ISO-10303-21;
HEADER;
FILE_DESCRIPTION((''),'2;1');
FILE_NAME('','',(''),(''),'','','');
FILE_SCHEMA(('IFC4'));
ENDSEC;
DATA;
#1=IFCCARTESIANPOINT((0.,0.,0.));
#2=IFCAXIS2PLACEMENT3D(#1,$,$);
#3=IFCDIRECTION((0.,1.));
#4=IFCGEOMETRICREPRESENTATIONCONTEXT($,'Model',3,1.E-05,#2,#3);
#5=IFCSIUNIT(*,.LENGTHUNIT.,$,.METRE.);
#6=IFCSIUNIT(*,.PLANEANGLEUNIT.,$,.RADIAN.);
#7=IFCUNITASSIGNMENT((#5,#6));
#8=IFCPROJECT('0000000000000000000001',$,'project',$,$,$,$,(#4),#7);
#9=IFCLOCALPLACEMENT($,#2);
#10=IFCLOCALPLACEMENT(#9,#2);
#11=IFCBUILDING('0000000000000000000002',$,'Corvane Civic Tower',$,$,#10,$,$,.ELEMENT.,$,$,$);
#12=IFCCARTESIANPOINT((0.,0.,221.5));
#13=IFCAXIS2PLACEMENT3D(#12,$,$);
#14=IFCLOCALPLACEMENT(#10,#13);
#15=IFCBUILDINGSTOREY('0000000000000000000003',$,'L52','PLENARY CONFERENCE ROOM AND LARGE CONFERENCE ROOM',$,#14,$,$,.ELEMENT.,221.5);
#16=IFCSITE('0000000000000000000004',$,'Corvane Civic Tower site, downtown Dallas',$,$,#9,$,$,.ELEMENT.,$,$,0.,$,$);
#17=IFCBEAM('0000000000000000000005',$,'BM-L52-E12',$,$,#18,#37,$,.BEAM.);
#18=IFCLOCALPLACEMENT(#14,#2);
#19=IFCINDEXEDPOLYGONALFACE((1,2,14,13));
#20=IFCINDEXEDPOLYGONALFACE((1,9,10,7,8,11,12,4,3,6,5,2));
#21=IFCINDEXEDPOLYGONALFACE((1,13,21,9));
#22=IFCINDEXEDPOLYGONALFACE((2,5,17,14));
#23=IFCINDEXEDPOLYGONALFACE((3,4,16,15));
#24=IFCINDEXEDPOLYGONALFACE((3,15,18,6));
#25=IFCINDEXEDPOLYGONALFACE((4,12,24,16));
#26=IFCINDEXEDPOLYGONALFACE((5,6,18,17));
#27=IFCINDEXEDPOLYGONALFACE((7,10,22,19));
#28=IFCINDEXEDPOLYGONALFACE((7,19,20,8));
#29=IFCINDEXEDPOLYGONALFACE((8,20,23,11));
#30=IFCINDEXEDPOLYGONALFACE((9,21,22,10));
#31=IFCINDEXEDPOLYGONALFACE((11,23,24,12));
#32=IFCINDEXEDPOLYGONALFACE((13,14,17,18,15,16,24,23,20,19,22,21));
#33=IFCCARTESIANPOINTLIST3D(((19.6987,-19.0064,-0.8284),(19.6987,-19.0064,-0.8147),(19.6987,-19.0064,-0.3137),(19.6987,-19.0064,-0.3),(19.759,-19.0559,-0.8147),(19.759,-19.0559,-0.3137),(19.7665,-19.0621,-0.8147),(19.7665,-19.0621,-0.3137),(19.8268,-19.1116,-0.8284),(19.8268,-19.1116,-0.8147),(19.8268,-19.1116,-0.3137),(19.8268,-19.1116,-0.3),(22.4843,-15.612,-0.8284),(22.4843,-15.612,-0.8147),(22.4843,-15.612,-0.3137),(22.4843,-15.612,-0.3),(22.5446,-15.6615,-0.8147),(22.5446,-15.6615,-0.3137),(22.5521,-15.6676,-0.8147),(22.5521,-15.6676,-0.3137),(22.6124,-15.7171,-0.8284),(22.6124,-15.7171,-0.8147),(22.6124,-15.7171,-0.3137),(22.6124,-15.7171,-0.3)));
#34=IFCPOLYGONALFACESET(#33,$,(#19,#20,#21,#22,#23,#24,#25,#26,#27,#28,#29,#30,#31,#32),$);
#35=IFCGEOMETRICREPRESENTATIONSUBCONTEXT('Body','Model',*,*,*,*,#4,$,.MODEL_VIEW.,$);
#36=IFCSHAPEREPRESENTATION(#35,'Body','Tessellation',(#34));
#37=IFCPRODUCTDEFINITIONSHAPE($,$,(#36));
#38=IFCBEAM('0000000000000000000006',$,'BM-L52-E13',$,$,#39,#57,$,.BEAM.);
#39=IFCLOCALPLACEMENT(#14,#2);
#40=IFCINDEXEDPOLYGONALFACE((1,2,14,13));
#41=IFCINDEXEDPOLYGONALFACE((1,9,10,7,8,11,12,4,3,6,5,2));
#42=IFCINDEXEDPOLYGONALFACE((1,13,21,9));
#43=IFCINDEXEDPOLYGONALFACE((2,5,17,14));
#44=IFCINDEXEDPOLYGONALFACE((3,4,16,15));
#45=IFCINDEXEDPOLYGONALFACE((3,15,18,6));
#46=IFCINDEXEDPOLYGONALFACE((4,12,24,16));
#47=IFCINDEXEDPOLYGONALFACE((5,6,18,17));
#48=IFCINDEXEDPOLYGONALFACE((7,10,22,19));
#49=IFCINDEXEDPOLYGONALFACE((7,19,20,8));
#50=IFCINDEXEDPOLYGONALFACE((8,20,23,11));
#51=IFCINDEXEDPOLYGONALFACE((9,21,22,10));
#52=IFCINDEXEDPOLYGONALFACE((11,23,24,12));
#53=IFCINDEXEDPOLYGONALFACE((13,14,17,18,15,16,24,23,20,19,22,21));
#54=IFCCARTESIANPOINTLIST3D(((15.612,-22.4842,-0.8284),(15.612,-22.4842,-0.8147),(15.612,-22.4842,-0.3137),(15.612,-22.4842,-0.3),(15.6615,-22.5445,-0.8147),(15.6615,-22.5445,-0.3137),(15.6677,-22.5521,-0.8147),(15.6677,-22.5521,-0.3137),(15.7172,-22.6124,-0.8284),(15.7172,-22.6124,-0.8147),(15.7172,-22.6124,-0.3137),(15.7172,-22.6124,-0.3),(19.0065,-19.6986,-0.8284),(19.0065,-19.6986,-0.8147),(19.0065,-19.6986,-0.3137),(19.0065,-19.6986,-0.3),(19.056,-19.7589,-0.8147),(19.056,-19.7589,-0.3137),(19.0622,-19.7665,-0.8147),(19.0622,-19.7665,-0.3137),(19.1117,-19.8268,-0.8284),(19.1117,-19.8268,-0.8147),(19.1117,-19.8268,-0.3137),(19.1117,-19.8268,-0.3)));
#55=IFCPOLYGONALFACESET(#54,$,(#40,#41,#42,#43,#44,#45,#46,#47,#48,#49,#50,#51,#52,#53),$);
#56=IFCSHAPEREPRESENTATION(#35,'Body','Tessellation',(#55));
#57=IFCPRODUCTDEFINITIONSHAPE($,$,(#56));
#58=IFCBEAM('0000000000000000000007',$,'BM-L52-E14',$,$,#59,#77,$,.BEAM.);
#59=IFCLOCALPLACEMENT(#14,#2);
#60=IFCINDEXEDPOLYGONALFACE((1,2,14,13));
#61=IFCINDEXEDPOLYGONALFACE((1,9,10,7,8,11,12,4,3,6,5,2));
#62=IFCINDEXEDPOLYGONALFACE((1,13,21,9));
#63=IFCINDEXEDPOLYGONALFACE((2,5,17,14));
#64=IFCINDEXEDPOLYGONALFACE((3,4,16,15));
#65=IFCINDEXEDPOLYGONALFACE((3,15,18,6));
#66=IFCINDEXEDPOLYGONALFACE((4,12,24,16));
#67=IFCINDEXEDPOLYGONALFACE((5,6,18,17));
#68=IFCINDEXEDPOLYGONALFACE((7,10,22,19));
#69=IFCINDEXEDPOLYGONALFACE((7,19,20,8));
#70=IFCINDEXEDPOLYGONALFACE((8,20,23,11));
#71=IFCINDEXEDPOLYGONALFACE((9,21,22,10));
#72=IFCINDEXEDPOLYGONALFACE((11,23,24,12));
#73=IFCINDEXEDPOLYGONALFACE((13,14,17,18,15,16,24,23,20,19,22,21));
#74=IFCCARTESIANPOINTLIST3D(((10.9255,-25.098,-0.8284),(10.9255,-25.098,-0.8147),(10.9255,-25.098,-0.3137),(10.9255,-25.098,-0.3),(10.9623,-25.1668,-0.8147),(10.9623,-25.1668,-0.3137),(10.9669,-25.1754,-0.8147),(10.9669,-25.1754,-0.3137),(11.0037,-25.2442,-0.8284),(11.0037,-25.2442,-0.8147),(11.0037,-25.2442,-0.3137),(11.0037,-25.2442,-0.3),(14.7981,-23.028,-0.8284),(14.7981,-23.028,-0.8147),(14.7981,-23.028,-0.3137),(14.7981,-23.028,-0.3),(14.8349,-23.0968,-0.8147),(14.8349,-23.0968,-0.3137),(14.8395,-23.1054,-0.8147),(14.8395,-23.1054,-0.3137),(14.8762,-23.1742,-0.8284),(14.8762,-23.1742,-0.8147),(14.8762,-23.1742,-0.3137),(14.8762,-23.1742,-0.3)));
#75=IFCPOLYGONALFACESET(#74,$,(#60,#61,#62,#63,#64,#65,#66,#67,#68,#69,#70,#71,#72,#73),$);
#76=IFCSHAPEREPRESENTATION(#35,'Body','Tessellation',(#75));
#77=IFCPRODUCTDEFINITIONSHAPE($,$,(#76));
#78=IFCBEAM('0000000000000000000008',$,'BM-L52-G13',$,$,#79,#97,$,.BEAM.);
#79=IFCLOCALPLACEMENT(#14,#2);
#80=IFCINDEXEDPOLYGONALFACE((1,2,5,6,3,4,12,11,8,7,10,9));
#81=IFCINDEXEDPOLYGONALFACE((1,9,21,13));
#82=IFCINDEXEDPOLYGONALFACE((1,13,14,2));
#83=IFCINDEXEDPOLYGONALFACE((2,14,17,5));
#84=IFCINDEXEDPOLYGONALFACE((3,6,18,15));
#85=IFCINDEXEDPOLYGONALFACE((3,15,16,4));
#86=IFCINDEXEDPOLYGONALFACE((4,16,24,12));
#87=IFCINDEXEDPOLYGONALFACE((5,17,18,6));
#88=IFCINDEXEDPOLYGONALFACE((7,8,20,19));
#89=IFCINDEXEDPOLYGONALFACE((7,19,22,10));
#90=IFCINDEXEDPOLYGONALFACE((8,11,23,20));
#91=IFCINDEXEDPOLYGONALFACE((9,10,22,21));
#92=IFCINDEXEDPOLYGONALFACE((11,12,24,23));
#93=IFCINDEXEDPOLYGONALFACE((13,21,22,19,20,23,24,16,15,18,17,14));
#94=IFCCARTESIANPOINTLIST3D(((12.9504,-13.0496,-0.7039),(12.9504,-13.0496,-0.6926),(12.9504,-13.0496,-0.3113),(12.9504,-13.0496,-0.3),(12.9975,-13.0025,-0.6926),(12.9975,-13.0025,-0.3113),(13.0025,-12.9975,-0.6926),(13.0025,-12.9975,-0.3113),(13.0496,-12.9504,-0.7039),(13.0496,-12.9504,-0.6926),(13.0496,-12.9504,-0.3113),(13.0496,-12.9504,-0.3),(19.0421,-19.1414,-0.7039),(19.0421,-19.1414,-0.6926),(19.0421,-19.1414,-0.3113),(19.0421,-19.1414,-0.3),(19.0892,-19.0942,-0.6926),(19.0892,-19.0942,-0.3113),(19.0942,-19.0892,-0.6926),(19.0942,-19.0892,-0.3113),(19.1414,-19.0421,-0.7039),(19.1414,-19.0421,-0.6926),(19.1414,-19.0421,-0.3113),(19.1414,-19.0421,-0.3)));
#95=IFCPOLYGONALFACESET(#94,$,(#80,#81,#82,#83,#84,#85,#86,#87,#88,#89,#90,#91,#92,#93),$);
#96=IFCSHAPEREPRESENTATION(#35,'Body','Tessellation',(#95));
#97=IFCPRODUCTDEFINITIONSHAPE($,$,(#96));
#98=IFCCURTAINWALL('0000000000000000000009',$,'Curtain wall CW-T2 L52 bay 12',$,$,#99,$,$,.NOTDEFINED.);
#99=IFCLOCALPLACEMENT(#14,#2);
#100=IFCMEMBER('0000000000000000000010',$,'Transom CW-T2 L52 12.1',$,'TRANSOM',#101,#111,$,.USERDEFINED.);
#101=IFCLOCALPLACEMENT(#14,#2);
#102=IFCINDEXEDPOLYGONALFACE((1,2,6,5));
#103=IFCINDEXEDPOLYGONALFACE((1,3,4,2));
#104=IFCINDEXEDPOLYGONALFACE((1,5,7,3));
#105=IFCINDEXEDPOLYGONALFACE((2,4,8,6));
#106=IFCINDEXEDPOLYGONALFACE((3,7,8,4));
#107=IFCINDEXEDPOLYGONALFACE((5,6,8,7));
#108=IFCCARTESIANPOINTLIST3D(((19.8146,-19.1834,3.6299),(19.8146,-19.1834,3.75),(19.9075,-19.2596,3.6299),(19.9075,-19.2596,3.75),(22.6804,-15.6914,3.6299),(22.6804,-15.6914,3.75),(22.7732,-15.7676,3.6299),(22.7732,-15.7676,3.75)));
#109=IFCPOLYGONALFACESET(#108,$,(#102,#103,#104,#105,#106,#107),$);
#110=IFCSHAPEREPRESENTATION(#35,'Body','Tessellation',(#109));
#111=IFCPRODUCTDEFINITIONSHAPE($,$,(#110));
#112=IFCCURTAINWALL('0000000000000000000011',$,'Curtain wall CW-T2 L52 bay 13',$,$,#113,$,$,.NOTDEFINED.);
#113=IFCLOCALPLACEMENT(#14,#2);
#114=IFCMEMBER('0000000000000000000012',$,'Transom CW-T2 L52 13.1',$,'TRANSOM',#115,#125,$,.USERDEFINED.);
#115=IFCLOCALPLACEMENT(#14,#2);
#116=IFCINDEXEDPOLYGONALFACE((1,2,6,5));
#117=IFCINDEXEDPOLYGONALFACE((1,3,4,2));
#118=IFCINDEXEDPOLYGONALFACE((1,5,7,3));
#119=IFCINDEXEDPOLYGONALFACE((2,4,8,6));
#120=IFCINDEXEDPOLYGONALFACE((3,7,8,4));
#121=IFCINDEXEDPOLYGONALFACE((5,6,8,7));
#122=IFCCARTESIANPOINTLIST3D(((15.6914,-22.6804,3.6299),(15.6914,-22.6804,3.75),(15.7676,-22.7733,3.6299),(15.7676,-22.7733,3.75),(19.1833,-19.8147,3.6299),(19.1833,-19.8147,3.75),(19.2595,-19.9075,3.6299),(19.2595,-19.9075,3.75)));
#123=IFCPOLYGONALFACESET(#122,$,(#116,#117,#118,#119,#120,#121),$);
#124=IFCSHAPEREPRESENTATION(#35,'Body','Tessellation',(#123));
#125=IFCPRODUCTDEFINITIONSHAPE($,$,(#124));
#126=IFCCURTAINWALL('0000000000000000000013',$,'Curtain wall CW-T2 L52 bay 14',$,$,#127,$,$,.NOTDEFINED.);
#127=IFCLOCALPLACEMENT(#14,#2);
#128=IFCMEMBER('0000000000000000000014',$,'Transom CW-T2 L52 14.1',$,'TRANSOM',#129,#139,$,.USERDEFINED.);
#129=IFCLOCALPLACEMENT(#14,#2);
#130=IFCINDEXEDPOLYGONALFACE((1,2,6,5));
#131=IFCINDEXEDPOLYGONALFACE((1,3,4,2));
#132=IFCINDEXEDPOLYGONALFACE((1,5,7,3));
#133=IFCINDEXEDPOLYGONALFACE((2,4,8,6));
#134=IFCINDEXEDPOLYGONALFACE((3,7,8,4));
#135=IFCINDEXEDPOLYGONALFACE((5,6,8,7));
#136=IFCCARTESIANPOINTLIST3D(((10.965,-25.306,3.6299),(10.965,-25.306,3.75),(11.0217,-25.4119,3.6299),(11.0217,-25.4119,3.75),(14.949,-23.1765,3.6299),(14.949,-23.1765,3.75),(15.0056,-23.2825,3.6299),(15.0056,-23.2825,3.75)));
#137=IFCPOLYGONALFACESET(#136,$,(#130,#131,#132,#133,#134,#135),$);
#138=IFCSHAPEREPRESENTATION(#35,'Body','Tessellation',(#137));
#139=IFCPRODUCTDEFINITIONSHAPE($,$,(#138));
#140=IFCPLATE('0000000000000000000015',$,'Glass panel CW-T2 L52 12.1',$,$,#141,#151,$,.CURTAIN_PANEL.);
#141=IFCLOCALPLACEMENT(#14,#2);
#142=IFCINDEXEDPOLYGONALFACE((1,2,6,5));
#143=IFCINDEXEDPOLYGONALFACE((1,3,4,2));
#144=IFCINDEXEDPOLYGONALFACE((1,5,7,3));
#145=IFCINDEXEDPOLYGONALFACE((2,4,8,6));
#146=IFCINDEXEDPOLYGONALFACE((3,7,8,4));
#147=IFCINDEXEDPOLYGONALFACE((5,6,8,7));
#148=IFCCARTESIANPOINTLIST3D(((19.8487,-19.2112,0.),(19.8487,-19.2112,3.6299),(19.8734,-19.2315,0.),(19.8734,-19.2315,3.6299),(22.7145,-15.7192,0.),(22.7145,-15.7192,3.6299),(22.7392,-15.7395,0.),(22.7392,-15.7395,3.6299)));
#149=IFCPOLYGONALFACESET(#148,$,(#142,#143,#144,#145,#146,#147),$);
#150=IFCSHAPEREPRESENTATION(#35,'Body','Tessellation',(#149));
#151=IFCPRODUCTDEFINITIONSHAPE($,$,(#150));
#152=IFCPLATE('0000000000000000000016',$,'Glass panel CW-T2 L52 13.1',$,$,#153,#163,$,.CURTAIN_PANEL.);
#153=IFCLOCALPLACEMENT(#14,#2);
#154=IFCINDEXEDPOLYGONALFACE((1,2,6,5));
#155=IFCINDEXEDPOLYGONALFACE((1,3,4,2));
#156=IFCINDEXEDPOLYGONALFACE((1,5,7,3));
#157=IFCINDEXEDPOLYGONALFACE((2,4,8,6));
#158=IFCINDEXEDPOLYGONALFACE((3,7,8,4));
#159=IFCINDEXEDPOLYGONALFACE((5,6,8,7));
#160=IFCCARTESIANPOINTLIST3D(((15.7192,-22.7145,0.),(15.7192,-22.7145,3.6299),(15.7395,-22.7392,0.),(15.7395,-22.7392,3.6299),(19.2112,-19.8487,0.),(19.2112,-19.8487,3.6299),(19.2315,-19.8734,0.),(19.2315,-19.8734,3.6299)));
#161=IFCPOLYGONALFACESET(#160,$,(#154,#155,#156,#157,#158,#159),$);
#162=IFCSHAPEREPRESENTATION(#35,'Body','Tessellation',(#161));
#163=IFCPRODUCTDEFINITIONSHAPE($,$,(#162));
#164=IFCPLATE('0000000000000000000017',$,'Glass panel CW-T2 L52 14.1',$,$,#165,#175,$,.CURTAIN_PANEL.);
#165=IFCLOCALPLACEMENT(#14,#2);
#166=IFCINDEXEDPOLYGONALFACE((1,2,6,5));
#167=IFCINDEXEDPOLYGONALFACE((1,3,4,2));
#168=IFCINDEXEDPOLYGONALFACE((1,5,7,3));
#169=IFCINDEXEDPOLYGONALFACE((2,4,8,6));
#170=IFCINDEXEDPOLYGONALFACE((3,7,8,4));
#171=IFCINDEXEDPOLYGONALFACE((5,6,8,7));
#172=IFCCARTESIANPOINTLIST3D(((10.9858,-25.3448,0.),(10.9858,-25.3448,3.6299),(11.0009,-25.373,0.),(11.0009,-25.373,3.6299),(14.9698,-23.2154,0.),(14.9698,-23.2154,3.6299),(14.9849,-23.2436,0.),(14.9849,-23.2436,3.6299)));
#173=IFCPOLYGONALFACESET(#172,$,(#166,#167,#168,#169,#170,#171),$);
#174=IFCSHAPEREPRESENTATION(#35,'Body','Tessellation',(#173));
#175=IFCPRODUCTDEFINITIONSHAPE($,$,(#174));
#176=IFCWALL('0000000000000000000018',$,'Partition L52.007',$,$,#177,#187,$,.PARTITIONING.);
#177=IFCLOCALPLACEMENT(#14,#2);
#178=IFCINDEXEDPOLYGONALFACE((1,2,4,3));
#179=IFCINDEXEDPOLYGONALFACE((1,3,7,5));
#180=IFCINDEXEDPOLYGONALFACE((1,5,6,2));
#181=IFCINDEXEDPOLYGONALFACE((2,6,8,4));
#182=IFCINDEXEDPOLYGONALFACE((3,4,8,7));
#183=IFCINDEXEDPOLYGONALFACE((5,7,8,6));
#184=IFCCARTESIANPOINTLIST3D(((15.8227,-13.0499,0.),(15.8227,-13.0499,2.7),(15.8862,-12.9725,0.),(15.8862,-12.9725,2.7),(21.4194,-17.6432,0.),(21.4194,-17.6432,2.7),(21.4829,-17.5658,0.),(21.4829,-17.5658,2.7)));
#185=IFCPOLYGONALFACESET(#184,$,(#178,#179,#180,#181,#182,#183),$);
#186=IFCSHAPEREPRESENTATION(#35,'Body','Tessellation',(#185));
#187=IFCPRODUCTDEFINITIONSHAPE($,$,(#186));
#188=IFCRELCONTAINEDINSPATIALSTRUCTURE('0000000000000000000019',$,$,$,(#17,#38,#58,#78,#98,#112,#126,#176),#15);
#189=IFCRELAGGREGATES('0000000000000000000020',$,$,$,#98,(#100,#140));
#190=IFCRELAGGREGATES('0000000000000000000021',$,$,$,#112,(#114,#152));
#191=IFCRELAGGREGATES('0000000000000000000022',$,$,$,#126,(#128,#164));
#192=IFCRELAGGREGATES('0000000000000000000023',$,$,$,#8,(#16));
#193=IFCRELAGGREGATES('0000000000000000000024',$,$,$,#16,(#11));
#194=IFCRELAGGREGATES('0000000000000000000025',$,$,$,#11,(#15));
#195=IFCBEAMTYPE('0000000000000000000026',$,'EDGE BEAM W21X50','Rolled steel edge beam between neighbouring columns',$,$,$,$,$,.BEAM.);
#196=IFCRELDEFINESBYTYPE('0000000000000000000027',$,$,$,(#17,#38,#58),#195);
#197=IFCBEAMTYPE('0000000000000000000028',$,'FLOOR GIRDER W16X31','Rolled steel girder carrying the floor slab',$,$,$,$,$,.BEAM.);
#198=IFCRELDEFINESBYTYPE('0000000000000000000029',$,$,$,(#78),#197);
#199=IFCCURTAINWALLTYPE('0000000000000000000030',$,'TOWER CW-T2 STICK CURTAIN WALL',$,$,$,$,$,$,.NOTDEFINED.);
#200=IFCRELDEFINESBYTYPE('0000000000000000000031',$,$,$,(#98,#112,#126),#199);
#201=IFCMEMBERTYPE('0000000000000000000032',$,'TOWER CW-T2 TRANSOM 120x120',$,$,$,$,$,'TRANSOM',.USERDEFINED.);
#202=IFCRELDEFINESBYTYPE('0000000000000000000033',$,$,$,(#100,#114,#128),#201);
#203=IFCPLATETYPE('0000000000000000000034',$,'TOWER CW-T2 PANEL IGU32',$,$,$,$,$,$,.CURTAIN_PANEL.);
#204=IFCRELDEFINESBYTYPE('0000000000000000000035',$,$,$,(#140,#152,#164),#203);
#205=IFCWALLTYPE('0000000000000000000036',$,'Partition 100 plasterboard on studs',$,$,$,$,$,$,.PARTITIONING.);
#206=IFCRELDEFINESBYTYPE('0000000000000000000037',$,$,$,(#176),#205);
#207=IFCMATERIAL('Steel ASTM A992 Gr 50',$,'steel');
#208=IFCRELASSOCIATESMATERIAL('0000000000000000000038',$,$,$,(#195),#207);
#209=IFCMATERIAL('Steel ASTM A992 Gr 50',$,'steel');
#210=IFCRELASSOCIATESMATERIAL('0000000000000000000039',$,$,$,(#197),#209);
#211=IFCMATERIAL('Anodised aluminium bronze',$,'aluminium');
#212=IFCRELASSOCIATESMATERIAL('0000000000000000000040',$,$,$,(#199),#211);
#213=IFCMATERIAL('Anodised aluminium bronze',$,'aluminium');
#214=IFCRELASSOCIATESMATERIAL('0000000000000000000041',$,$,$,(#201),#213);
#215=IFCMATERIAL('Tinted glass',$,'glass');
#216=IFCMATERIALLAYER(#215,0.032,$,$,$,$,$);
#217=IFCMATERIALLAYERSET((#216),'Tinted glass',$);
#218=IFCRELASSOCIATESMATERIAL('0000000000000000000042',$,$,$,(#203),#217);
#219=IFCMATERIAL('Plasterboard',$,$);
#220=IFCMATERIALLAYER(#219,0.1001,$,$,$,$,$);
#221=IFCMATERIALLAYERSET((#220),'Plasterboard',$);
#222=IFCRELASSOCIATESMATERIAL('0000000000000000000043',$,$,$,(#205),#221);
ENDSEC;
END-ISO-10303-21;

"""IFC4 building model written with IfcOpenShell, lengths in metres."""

from ifc_helpers import new_model, si_unit, direction, frame, frame_2d, origin, origin_2d, place, context, subcontext, project, spatial, rectangle, i_section, extrude, material, layer, layer_set, material_profile, profile_set, type_object, element, aggregate, save


model = new_model("IFC4")

# Units and contexts
model_context = context("Model", 3, precision=1e-05, world=origin(), true_north=direction((0.0, 1.0)))
body_context = subcontext(model_context, "Body", "Model", "MODEL_VIEW")
ifc_project = project(units=[si_unit("LENGTHUNIT", "METRE"), si_unit("PLANEANGLEUNIT", "RADIAN")], contexts=[model_context])

# Site, building, storey
site_placement = place(None, origin())
site = spatial("IfcSite", under=ifc_project, at=site_placement, Name="Corvane Civic Tower site, downtown Dallas", CompositionType="ELEMENT", RefElevation=0.0)
building_placement = place(site_placement, origin())
building = spatial("IfcBuilding", under=site, at=building_placement, Name="Corvane Civic Tower", CompositionType="ELEMENT")
storey_placement = place(building_placement, frame((0.0, 0.0, 221.5)))
storey = spatial("IfcBuildingStorey", under=building, at=storey_placement, Name="L52", Description="PLENARY CONFERENCE ROOM AND LARGE CONFERENCE ROOM", CompositionType="ELEMENT", Elevation=221.5)

# Beams
ifc_material_1 = material(Name="Steel ASTM A992 Gr 50", Category="steel")
ifc_material_profile_1 = material_profile(ifc_material_1, i_section(OverallWidth=0.1658, OverallDepth=0.5283, WebThickness=0.0098, FlangeThickness=0.0137, at=origin_2d()), Name="W21X50")
ifc_profile_set_1 = profile_set([ifc_material_profile_1], Name="Steel ASTM A992 Gr 50")
beam_type_1 = type_object("IfcBeamType", Name="EDGE BEAM W21X50", Description="Rolled steel edge beam between neighbouring columns", PredefinedType="BEAM", material=ifc_profile_set_1)
for number, where, z_axis, x_axis, name in (
    (1, (22.5483, -15.6646, -0.5642), (-0.634369, -0.77303, 0.0), (0.77303, -0.634369, 0.0), "BM-L52-E12"),
    (2, (19.0591, -19.7627, -0.5642), (-0.77303, -0.634369, 0.0), (0.634369, -0.77303, 0.0), "BM-L52-E13"),
    (3, (14.8372, -23.1011, -0.5642), (-0.881908, -0.471422, 0.0), (0.471422, -0.881908, 0.0), "BM-L52-E14"),
):
    element("IfcBeam", number, at=place(storey_placement, frame(where, z_axis=z_axis, x_axis=x_axis)), inside=storey, type_object=beam_type_1, Name=name, PredefinedType="BEAM", context=body_context, shape_type="SweptSolid", body=[
        extrude(i_section(OverallWidth=0.1658, OverallDepth=0.5283, WebThickness=0.0098, FlangeThickness=0.0137, at=origin_2d()), origin(), (0.0, 0.0, 1.0), 4.3911),
    ])
ifc_material_2 = material(Name="Steel ASTM A992 Gr 50", Category="steel")
ifc_material_profile_2 = material_profile(ifc_material_2, i_section(OverallWidth=0.1404, OverallDepth=0.4038, WebThickness=0.0071, FlangeThickness=0.0112, at=origin_2d()), Name="W16X31")
ifc_profile_set_2 = profile_set([ifc_material_profile_2], Name="Steel ASTM A992 Gr 50")
beam_type_2 = type_object("IfcBeamType", Name="FLOOR GIRDER W16X31", Description="Rolled steel girder carrying the floor slab", PredefinedType="BEAM", material=ifc_profile_set_2)
beam_placement = place(storey_placement, frame((13.0, -13.0, -0.502), z_axis=(0.707107, -0.707107, 0.0), x_axis=(0.707107, 0.707107, 0.0)))
element("IfcBeam", 4, at=beam_placement, inside=storey, type_object=beam_type_2, Name="BM-L52-G13", PredefinedType="BEAM", context=body_context, shape_type="SweptSolid", body=[
    extrude(i_section(OverallWidth=0.1404, OverallDepth=0.4038, WebThickness=0.0071, FlangeThickness=0.0112, at=origin_2d()), origin(), (0.0, 0.0, 1.0), 8.615),
])

# Curtain walls, members
ifc_material_3 = material(Name="Anodised aluminium bronze", Category="aluminium")
curtain_wall_type = type_object("IfcCurtainWallType", Name="TOWER CW-T2 STICK CURTAIN WALL", PredefinedType="NOTDEFINED", material=ifc_material_3)
curtain_wall_1_placement = place(storey_placement, origin())
curtain_wall_1 = element("IfcCurtainWall", 5, at=curtain_wall_1_placement, inside=storey, type_object=curtain_wall_type, Name="Curtain wall CW-T2 L52 bay 12", PredefinedType="NOTDEFINED")
ifc_material_4 = material(Name="Anodised aluminium bronze", Category="aluminium")
ifc_material_profile_3 = material_profile(ifc_material_4, rectangle(XDim=0.1201, YDim=0.1201, at=origin_2d()), Name="TOWER CW-T2 TRANSOM 120x120")
ifc_profile_set_3 = profile_set([ifc_material_profile_3], Name="Anodised aluminium bronze")
member_type = type_object("IfcMemberType", Name="TOWER CW-T2 TRANSOM 120x120", ElementType="TRANSOM", PredefinedType="USERDEFINED", material=ifc_profile_set_3)
member_1_placement = place(storey_placement, frame((22.7268, -15.7295, 3.6899), z_axis=(-0.634388, -0.773015, 0.0), x_axis=(0.773015, -0.634388, 0.0)))
member_1 = element("IfcMember", 6, at=member_1_placement, type_object=member_type, Name="Transom CW-T2 L52 12.1", ObjectType="TRANSOM", PredefinedType="USERDEFINED", context=body_context, shape_type="SweptSolid", body=[
    extrude(rectangle(XDim=0.1201, YDim=0.1201, at=origin_2d()), origin(), (0.0, 0.0, 1.0), 4.5173),
])
curtain_wall_2_placement = place(storey_placement, origin())
curtain_wall_2 = element("IfcCurtainWall", 7, at=curtain_wall_2_placement, inside=storey, type_object=curtain_wall_type, Name="Curtain wall CW-T2 L52 bay 13", PredefinedType="NOTDEFINED")
member_2_placement = place(storey_placement, frame((19.2214, -19.8611, 3.6899), z_axis=(-0.773015, -0.634388, 0.0), x_axis=(0.634388, -0.773015, 0.0)))
member_2 = element("IfcMember", 8, at=member_2_placement, type_object=member_type, Name="Transom CW-T2 L52 13.1", ObjectType="TRANSOM", PredefinedType="USERDEFINED", context=body_context, shape_type="SweptSolid", body=[
    extrude(rectangle(XDim=0.1201, YDim=0.1201, at=origin_2d()), origin(), (0.0, 0.0, 1.0), 4.5173),
])
curtain_wall_3_placement = place(storey_placement, origin())
curtain_wall_3 = element("IfcCurtainWall", 9, at=curtain_wall_3_placement, inside=storey, type_object=curtain_wall_type, Name="Curtain wall CW-T2 L52 bay 14", PredefinedType="NOTDEFINED")
member_3_placement = place(storey_placement, frame((14.9773, -23.2295, 3.6899), z_axis=(-0.881925, -0.47139, 0.0), x_axis=(0.47139, -0.881925, 0.0)))
member_3 = element("IfcMember", 10, at=member_3_placement, type_object=member_type, Name="Transom CW-T2 L52 14.1", ObjectType="TRANSOM", PredefinedType="USERDEFINED", context=body_context, shape_type="SweptSolid", body=[
    extrude(rectangle(XDim=0.1201, YDim=0.1201, at=origin_2d()), origin(), (0.0, 0.0, 1.0), 4.5173),
])

# Plates
ifc_material_5 = material(Name="Tinted glass", Category="glass")
ifc_layer_1 = layer(ifc_material_5, 0.032)
ifc_layer_set_1 = layer_set([ifc_layer_1], Name="Tinted glass")
plate_type = type_object("IfcPlateType", Name="TOWER CW-T2 PANEL IGU32", PredefinedType="CURTAIN_PANEL", material=ifc_layer_set_1)
plate_1_placement = place(storey_placement, frame((21.2939, -17.4753, 0.0), z_axis=(0.0, 0.0, 1.0), x_axis=(-0.634391, -0.773012, 0.0)))
plate_1 = element("IfcPlate", 11, at=plate_1_placement, type_object=plate_type, Name="Glass panel CW-T2 L52 12.1", PredefinedType="CURTAIN_PANEL", context=body_context, shape_type="SweptSolid", body=[
    extrude(rectangle(XDim=4.5173, YDim=0.032, at=origin_2d()), origin(), (0.0, 0.0, 1.0), 3.6299),
])
aggregate(curtain_wall_1, [member_1, plate_1])
plate_2_placement = place(storey_placement, frame((17.4753, -21.2939, 0.0), z_axis=(0.0, 0.0, 1.0), x_axis=(-0.773012, -0.634391, 0.0)))
plate_2 = element("IfcPlate", 12, at=plate_2_placement, type_object=plate_type, Name="Glass panel CW-T2 L52 13.1", PredefinedType="CURTAIN_PANEL", context=body_context, shape_type="SweptSolid", body=[
    extrude(rectangle(XDim=4.5173, YDim=0.032, at=origin_2d()), origin(), (0.0, 0.0, 1.0), 3.6299),
])
aggregate(curtain_wall_2, [member_2, plate_2])
plate_3_placement = place(storey_placement, frame((12.9854, -24.2942, 0.0), z_axis=(0.0, 0.0, 1.0), x_axis=(-0.88192, -0.471398, 0.0)))
plate_3 = element("IfcPlate", 13, at=plate_3_placement, type_object=plate_type, Name="Glass panel CW-T2 L52 14.1", PredefinedType="CURTAIN_PANEL", context=body_context, shape_type="SweptSolid", body=[
    extrude(rectangle(XDim=4.5173, YDim=0.032, at=origin_2d()), origin(), (0.0, 0.0, 1.0), 3.6299),
])
aggregate(curtain_wall_3, [member_3, plate_3])

# Wall
ifc_material_6 = material(Name="Plasterboard")
ifc_layer_2 = layer(ifc_material_6, 0.1001)
ifc_layer_set_2 = layer_set([ifc_layer_2], Name="Plasterboard")
wall_type_1 = type_object("IfcWallType", Name="Partition 100 plasterboard on studs", PredefinedType="PARTITIONING", material=ifc_layer_set_2)
wall_1_placement = place(storey_placement, frame((15.8545, -13.0112, 0.0), z_axis=(0.0, 0.0, 1.0), x_axis=(0.772998, -0.634409, 0.0)))
element("IfcWall", 14, at=wall_1_placement, inside=storey, type_object=wall_type_1, Name="Partition L52.007", PredefinedType="PARTITIONING", context=body_context, shape_type="SweptSolid", body=[
    extrude(rectangle(XDim=7.2402, YDim=0.1001, at=frame_2d((3.6201, 0.0))), origin(), (0.0, 0.0, 1.0), 2.7),
])

save(model, "model.ifc")
